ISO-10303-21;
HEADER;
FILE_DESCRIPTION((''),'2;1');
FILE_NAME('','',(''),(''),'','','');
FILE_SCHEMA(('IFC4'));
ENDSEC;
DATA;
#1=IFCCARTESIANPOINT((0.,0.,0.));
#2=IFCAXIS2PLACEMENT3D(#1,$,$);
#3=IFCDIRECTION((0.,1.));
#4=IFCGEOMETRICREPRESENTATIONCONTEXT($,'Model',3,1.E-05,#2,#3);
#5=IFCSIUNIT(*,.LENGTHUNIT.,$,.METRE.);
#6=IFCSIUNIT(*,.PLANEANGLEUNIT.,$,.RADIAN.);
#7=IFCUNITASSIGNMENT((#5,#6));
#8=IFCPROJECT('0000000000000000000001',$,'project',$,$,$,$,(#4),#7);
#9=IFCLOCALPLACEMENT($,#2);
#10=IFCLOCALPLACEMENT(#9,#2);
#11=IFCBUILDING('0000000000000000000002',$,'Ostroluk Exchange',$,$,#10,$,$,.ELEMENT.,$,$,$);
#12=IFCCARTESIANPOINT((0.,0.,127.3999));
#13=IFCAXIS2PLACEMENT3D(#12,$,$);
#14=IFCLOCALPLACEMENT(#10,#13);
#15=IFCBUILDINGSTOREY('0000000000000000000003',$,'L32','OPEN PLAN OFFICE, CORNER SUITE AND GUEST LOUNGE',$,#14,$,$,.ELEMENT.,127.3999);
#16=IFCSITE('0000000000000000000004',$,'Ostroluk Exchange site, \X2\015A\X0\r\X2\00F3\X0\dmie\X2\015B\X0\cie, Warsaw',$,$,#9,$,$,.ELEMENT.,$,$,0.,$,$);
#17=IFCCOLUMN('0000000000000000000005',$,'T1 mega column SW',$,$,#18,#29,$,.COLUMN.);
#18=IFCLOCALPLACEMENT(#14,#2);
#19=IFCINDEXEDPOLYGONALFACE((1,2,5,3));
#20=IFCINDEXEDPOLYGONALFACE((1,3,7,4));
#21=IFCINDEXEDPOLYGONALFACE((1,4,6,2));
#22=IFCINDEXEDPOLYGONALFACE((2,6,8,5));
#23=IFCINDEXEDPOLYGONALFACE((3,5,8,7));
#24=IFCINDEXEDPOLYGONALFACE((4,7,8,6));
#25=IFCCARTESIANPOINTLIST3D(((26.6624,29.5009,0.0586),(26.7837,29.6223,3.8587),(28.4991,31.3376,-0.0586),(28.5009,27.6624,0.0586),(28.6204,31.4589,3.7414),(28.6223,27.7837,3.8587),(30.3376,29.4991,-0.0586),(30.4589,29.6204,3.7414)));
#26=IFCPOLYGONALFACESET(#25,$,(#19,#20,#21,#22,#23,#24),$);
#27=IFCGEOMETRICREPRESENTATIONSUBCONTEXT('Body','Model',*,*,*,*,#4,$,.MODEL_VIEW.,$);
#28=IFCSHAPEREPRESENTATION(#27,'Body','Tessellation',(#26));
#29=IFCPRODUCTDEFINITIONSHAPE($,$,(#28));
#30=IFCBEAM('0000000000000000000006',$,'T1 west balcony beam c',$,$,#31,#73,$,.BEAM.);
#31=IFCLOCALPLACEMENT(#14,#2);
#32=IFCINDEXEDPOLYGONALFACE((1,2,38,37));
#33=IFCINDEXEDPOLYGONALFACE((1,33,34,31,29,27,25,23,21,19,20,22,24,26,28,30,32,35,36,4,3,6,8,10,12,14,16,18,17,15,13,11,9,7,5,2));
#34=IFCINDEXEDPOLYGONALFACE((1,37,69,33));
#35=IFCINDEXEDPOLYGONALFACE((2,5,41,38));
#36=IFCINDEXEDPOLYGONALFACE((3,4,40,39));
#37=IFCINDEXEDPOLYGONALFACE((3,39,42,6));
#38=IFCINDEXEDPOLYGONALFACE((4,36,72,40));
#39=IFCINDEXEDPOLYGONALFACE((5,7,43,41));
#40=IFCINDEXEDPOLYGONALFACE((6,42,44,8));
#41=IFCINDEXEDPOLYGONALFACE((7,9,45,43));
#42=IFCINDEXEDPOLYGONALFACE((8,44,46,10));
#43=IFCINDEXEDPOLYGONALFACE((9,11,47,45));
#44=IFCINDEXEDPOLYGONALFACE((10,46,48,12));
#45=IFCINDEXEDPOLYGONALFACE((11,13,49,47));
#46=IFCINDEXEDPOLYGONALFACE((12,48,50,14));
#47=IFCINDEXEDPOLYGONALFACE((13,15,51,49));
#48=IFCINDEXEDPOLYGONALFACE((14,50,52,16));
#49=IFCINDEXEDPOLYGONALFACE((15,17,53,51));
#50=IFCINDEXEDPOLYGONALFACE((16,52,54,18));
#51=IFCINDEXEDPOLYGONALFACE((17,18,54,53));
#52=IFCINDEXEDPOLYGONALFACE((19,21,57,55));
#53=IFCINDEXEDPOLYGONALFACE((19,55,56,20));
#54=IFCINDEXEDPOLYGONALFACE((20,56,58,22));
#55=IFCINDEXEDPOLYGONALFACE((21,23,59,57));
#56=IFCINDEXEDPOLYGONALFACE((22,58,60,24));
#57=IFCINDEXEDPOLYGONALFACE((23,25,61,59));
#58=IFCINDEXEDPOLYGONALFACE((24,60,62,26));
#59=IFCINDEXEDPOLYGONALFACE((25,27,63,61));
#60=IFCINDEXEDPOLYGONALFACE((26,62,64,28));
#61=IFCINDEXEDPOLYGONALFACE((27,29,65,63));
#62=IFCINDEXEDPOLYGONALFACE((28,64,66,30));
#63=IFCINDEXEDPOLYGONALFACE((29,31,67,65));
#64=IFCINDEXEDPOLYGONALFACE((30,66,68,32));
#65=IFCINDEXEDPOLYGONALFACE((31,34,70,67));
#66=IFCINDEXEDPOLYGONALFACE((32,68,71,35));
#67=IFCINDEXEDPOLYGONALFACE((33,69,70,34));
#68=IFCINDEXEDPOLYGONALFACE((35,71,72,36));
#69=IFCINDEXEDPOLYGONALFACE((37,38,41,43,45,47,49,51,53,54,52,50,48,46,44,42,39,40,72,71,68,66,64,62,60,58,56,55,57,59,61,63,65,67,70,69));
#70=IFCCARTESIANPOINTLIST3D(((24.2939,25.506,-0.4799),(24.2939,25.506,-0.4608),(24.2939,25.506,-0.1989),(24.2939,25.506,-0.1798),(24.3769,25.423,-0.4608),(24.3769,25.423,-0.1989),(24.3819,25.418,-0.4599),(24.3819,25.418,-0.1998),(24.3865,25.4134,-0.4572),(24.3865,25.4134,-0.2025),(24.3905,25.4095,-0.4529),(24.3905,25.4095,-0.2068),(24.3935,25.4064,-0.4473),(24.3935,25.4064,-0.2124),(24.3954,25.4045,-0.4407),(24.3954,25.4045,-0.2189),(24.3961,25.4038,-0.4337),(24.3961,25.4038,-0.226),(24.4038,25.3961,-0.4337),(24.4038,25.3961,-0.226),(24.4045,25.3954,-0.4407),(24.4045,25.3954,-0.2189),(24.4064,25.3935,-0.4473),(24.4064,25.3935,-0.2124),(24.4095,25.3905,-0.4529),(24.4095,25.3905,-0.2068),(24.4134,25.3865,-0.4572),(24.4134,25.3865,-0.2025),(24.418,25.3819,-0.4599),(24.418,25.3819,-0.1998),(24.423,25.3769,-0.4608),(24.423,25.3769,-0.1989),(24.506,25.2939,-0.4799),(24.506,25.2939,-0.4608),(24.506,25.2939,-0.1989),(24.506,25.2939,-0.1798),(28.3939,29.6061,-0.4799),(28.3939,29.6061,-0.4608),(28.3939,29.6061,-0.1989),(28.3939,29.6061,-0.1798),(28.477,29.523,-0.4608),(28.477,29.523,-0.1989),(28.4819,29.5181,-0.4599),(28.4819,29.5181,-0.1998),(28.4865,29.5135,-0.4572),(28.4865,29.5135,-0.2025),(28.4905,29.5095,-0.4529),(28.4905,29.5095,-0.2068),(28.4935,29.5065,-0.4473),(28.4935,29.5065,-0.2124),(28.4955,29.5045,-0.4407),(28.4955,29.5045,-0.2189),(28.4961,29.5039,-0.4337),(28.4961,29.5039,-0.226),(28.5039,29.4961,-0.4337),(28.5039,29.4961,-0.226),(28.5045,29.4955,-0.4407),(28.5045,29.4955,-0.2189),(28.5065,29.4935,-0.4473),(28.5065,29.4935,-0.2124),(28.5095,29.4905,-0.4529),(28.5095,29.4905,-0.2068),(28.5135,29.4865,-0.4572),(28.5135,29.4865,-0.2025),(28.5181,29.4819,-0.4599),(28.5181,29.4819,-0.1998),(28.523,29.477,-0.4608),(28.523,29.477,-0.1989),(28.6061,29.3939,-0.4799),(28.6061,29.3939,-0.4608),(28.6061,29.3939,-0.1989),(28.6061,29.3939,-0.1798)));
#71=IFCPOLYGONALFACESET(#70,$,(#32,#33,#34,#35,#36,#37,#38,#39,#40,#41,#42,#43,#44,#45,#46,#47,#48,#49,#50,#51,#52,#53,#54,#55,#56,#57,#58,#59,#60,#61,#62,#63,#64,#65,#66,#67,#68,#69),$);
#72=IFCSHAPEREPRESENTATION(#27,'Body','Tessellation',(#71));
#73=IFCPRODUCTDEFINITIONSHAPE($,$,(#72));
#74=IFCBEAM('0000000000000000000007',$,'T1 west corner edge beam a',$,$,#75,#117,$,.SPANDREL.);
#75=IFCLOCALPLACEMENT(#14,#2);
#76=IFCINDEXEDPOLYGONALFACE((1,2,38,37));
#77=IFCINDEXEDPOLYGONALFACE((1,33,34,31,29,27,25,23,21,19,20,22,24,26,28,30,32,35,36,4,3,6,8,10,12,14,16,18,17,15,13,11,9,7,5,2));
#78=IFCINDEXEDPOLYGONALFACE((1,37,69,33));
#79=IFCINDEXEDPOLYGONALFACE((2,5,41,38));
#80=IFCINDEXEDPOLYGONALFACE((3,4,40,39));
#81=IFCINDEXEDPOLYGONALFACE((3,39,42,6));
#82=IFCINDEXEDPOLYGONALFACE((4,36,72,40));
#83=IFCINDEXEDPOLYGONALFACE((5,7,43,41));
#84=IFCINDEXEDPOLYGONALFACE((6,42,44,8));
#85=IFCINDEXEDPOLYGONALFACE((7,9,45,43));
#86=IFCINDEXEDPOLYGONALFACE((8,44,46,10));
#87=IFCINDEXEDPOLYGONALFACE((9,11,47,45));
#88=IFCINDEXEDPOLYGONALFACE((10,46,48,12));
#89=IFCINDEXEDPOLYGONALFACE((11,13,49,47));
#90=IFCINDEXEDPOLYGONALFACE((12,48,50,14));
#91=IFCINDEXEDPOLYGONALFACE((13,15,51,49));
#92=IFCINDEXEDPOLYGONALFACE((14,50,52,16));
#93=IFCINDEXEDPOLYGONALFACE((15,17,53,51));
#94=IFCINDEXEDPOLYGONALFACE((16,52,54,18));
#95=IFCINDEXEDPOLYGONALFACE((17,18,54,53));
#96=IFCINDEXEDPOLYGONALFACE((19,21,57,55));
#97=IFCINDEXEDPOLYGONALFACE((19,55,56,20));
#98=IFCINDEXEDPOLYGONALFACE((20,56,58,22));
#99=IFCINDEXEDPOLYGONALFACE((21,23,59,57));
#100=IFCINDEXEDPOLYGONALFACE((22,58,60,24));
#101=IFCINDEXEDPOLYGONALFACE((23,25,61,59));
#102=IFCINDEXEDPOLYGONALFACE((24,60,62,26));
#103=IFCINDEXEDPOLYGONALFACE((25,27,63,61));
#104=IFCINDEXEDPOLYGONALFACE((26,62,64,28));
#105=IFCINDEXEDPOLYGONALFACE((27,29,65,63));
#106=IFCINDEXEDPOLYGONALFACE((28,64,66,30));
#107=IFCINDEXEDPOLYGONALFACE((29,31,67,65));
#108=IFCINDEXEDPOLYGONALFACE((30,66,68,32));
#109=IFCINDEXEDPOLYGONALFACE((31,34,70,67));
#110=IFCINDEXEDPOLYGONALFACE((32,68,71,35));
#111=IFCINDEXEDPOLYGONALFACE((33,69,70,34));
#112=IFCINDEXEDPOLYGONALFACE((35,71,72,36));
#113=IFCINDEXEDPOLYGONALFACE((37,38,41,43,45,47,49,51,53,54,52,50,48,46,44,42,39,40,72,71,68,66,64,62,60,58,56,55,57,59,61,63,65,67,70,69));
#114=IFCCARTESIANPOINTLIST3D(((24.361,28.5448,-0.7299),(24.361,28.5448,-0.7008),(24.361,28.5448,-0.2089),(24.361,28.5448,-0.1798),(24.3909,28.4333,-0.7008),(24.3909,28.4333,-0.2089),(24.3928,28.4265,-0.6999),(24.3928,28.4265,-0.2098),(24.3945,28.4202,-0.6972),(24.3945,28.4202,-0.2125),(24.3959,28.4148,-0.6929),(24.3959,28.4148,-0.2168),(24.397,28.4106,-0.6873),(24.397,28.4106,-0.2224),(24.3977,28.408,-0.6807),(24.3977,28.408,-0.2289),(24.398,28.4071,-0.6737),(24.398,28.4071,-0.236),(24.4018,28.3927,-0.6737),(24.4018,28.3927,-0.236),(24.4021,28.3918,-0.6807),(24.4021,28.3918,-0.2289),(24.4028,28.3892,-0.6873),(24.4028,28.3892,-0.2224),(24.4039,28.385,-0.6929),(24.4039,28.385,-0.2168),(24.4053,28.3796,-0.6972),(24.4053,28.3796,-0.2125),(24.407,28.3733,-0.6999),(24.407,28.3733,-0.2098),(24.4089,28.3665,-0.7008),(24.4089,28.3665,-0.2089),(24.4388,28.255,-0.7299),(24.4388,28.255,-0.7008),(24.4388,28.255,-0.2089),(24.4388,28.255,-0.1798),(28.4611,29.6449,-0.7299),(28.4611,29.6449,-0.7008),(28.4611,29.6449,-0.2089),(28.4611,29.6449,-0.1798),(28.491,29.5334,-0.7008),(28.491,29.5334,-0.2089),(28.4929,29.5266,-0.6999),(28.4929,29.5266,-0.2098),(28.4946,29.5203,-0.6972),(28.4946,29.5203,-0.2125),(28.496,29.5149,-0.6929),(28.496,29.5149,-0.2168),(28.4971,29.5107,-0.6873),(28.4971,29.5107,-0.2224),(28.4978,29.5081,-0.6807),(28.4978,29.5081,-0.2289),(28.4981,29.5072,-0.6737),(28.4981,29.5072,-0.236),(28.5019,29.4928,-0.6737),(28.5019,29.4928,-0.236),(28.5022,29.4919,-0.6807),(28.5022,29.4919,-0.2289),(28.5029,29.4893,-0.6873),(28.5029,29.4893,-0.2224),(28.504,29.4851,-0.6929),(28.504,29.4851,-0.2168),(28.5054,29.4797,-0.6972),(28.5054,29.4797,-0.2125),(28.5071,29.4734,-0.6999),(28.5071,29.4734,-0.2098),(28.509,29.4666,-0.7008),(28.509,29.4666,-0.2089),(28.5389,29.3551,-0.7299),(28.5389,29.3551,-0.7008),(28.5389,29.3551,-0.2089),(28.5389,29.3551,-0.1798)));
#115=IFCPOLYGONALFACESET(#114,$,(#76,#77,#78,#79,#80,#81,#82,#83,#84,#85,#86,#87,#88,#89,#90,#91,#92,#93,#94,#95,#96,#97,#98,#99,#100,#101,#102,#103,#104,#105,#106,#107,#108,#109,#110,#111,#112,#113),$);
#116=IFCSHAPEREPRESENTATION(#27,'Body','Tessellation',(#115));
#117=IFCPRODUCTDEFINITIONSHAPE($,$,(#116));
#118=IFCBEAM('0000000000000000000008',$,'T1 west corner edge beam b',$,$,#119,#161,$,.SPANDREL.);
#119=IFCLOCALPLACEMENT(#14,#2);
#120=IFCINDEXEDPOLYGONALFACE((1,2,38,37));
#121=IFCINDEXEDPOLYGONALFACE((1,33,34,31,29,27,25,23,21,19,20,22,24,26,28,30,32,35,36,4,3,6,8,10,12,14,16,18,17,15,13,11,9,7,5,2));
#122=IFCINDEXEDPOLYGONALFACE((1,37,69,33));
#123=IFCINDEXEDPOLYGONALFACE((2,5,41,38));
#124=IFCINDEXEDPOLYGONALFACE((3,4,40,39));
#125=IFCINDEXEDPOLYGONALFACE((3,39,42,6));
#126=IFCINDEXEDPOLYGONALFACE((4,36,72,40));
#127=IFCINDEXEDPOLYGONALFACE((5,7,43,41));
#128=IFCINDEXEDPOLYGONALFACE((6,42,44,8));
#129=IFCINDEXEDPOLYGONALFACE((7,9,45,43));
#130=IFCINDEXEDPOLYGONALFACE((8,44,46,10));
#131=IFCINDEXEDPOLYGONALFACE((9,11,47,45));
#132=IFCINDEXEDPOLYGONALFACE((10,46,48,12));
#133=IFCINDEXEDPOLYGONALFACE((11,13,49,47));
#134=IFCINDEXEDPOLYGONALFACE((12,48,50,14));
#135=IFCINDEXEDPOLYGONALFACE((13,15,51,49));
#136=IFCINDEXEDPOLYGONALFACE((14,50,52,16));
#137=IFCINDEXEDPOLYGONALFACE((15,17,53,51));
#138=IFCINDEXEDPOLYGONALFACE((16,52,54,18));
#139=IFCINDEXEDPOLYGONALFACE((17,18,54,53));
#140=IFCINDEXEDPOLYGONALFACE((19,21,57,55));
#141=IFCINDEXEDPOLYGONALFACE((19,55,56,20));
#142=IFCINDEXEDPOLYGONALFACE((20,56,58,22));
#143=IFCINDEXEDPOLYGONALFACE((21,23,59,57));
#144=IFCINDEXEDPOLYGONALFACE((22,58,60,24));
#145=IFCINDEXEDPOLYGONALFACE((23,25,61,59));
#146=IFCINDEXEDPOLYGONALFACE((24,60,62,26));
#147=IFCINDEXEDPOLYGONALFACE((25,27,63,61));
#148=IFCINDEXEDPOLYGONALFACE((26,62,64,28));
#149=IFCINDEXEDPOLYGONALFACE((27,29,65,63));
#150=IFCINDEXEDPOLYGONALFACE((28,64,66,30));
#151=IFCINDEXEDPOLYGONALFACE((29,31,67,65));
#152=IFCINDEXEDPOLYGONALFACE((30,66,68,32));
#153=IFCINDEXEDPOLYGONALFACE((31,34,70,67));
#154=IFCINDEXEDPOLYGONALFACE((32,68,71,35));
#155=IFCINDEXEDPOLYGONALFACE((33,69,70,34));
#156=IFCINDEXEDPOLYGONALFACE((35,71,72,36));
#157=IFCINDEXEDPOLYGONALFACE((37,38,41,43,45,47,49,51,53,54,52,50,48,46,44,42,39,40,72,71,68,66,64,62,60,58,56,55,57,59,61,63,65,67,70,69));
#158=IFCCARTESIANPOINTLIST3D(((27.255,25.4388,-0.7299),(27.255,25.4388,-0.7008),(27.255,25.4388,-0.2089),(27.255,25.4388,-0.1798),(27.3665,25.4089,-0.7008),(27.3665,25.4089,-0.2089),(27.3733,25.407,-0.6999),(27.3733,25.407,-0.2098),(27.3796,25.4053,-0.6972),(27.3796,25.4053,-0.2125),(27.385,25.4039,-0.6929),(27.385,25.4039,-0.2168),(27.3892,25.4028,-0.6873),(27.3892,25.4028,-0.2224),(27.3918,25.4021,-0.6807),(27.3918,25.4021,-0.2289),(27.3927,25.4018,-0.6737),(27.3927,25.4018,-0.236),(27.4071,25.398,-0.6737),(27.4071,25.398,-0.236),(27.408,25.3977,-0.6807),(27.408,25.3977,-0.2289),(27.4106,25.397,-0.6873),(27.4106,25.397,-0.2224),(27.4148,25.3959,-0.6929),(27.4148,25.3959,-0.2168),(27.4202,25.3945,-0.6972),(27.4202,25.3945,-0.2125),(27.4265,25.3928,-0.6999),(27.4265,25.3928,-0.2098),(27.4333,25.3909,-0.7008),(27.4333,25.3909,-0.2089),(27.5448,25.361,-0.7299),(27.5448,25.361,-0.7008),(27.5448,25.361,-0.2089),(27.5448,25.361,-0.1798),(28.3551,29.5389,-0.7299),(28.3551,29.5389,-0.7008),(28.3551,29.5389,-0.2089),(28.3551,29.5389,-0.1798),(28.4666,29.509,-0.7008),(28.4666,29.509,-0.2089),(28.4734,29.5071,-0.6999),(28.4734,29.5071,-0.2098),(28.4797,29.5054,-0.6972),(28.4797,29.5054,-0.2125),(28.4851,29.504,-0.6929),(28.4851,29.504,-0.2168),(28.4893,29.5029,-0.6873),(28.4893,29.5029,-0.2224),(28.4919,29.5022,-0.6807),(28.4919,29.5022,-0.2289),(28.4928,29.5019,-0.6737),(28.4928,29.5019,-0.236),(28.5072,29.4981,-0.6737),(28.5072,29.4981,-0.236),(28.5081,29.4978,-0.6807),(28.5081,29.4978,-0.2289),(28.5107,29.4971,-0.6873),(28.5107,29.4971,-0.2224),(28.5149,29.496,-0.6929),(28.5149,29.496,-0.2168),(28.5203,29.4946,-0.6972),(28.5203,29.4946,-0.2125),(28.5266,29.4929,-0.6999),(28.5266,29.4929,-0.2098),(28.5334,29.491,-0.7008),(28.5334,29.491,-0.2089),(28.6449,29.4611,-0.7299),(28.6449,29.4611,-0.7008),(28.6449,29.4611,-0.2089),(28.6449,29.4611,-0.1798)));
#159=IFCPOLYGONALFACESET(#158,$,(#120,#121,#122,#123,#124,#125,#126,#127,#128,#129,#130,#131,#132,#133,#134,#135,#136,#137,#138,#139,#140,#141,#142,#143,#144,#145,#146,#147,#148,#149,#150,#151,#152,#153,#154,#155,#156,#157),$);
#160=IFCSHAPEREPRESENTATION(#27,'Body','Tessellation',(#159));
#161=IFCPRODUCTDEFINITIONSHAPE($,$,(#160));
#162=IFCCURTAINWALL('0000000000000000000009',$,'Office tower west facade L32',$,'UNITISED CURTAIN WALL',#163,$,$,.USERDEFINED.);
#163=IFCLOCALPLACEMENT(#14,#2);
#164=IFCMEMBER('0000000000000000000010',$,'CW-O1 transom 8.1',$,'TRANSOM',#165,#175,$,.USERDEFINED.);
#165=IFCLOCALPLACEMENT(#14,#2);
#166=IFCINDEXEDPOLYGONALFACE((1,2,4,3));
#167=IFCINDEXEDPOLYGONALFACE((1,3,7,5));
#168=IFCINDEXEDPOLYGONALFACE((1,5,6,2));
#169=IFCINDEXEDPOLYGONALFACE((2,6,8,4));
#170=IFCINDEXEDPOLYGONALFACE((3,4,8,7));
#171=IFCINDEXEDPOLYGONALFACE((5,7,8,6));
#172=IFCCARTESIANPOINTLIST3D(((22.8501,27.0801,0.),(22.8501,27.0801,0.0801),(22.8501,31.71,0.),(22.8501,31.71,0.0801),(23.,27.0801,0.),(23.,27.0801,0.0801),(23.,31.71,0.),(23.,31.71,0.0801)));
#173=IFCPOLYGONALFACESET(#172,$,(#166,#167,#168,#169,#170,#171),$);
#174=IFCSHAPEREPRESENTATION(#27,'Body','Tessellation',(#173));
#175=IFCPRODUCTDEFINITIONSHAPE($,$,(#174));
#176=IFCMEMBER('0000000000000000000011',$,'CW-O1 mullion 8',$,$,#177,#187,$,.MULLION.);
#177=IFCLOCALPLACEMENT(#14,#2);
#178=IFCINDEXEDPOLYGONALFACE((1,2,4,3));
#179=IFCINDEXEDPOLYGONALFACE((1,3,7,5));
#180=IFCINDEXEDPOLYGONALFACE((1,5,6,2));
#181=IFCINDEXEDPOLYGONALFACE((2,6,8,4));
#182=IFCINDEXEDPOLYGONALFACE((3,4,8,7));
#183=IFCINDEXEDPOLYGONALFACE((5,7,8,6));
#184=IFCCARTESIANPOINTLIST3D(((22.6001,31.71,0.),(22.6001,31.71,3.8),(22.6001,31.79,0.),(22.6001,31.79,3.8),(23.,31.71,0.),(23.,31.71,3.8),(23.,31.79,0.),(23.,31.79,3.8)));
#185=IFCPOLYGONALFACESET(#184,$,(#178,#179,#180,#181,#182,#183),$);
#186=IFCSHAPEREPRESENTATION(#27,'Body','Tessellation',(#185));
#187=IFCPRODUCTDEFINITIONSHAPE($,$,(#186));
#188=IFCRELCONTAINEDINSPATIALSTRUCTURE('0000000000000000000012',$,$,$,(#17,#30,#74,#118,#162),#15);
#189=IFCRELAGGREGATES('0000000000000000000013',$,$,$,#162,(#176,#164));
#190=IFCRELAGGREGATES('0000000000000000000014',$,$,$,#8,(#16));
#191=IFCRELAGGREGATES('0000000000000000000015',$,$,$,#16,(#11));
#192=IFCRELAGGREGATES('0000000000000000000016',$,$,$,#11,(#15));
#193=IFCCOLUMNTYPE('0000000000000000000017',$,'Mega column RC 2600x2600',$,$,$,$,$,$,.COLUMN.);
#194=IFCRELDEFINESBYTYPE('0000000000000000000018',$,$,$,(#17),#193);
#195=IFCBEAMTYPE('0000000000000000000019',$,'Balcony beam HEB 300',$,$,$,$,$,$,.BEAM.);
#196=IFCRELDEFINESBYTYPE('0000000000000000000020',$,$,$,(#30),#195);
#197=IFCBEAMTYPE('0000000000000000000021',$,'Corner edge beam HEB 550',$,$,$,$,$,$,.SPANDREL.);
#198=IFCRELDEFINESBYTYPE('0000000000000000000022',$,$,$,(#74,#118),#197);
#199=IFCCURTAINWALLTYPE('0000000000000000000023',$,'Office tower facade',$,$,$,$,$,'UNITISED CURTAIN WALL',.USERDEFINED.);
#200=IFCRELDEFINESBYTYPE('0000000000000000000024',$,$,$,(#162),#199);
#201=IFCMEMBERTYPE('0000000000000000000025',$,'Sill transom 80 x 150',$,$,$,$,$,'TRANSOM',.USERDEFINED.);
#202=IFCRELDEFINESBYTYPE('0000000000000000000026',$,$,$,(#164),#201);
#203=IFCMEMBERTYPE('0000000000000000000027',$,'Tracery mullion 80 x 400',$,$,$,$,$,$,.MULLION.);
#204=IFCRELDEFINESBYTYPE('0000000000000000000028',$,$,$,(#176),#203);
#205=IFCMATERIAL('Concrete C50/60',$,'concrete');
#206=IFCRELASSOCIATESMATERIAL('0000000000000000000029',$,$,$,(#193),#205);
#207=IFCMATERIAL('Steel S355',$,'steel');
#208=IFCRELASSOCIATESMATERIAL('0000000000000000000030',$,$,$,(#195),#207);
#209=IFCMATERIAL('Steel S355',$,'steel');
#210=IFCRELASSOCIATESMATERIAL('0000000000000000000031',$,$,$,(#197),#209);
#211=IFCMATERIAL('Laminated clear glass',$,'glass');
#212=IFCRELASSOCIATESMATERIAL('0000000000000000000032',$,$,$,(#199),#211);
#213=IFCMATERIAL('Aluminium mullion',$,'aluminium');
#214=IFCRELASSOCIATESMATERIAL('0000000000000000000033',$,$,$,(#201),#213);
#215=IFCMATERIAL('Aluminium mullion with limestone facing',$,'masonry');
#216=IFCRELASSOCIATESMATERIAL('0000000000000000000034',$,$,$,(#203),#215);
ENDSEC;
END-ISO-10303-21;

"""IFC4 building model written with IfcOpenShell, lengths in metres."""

from ifc_helpers import new_model, si_unit, direction, frame, origin, origin_2d, place, context, subcontext, project, spatial, rectangle, i_section, extrude, material, material_profile, profile_set, type_object, element, aggregate, save


model = new_model("IFC4")

# Units and contexts
model_context = context("Model", 3, precision=1e-05, world=origin(), true_north=direction((0.0, 1.0)))
body_context = subcontext(model_context, "Body", "Model", "MODEL_VIEW")
ifc_project = project(units=[si_unit("LENGTHUNIT", "METRE"), si_unit("PLANEANGLEUNIT", "RADIAN")], contexts=[model_context])

# Site, building, storey
site_placement = place(None, origin())
site = spatial("IfcSite", under=ifc_project, at=site_placement, Name="Ostroluk Exchange site, Śródmieście, Warsaw", CompositionType="ELEMENT", RefElevation=0.0)
building_placement = place(site_placement, origin())
building = spatial("IfcBuilding", under=site, at=building_placement, Name="Ostroluk Exchange", CompositionType="ELEMENT")
storey_placement = place(building_placement, frame((0.0, 0.0, 127.3999)))
storey = spatial("IfcBuildingStorey", under=building, at=storey_placement, Name="L32", Description="OPEN PLAN OFFICE, CORNER SUITE AND GUEST LOUNGE", CompositionType="ELEMENT", Elevation=127.3999)

# Column
ifc_material_1 = material(Name="Concrete C50/60", Category="concrete")
ifc_material_profile_1 = material_profile(ifc_material_1, rectangle(XDim=2.6001, YDim=2.6001, at=origin_2d()), Name="RC 2600x2600")
ifc_profile_set_1 = profile_set([ifc_material_profile_1], Name="Concrete C50/60")
column_type = type_object("IfcColumnType", Name="Mega column RC 2600x2600", PredefinedType="COLUMN", material=ifc_profile_set_1)
column_placement = place(storey_placement, frame((28.5, 29.5, 0.0), z_axis=(0.031898, 0.031898, 0.998982), x_axis=(-0.707107, 0.707107, 0.0)))
element("IfcColumn", 1, at=column_placement, inside=storey, type_object=column_type, Name="T1 mega column SW", PredefinedType="COLUMN", context=body_context, shape_type="SweptSolid", body=[
    extrude(rectangle(XDim=2.6001, YDim=2.6001, at=origin_2d()), origin(), (0.0, 0.0, 1.0), 3.804),
])

# Beams
ifc_material_2 = material(Name="Steel S355", Category="steel")
ifc_material_profile_2 = material_profile(ifc_material_2, i_section(OverallWidth=0.3, OverallDepth=0.3, WebThickness=0.011, FlangeThickness=0.019, FilletRadius=0.0271, at=origin_2d()), Name="HEB 300")
ifc_profile_set_2 = profile_set([ifc_material_profile_2], Name="Steel S355")
beam_type_1 = type_object("IfcBeamType", Name="Balcony beam HEB 300", PredefinedType="BEAM", material=ifc_profile_set_2)
beam_placement = place(storey_placement, frame((28.5, 29.5, -0.3298), z_axis=(-0.707107, -0.707107, 0.0), x_axis=(0.707107, -0.707107, 0.0)))
element("IfcBeam", 2, at=beam_placement, inside=storey, type_object=beam_type_1, Name="T1 west balcony beam c", PredefinedType="BEAM", context=body_context, shape_type="SweptSolid", body=[
    extrude(i_section(OverallWidth=0.3, OverallDepth=0.3, WebThickness=0.011, FlangeThickness=0.019, FilletRadius=0.0271, at=origin_2d()), origin(), (0.0, 0.0, 1.0), 5.7983),
])
ifc_material_3 = material(Name="Steel S355", Category="steel")
ifc_material_profile_3 = material_profile(ifc_material_3, i_section(OverallWidth=0.3, OverallDepth=0.55, WebThickness=0.0149, FlangeThickness=0.0291, FilletRadius=0.0271, at=origin_2d()), Name="HEB 550")
ifc_profile_set_3 = profile_set([ifc_material_profile_3], Name="Steel S355")
beam_type_2 = type_object("IfcBeamType", Name="Corner edge beam HEB 550", PredefinedType="SPANDREL", material=ifc_profile_set_3)
for number, where, z_axis, x_axis, name in (
    (3, (28.5, 29.5, -0.4548), (-0.965839, -0.259144, 0.0), (0.259144, -0.965839, 0.0), "T1 west corner edge beam a"),
    (4, (28.5, 29.5, -0.4548), (-0.259144, -0.965839, 0.0), (0.965839, -0.259144, 0.0), "T1 west corner edge beam b"),
):
    element("IfcBeam", number, at=place(storey_placement, frame(where, z_axis=z_axis, x_axis=x_axis)), inside=storey, type_object=beam_type_2, Name=name, PredefinedType="SPANDREL", context=body_context, shape_type="SweptSolid", body=[
        extrude(i_section(OverallWidth=0.3, OverallDepth=0.55, WebThickness=0.0149, FlangeThickness=0.0291, FilletRadius=0.0271, at=origin_2d()), origin(), (0.0, 0.0, 1.0), 4.2451),
    ])

# Curtain wall, members
ifc_material_4 = material(Name="Laminated clear glass", Category="glass")
curtain_wall_type = type_object("IfcCurtainWallType", Name="Office tower facade", ElementType="UNITISED CURTAIN WALL", PredefinedType="USERDEFINED", material=ifc_material_4)
curtain_wall_placement = place(storey_placement, origin())
curtain_wall = element("IfcCurtainWall", 5, at=curtain_wall_placement, inside=storey, type_object=curtain_wall_type, Name="Office tower west facade L32", ObjectType="UNITISED CURTAIN WALL", PredefinedType="USERDEFINED")
ifc_material_5 = material(Name="Aluminium mullion", Category="aluminium")
ifc_material_profile_4 = material_profile(ifc_material_5, rectangle(XDim=0.1499, YDim=0.0801, at=origin_2d()), Name="Sill transom 80 x 150")
ifc_profile_set_4 = profile_set([ifc_material_profile_4], Name="Aluminium mullion")
member_type_1 = type_object("IfcMemberType", Name="Sill transom 80 x 150", ElementType="TRANSOM", PredefinedType="USERDEFINED", material=ifc_profile_set_4)
member_1_placement = place(storey_placement, frame((22.925, 31.71, 0.04), z_axis=(0.0, -1.0, 0.0), x_axis=(1.0, 0.0, 0.0)))
member_1 = element("IfcMember", 6, at=member_1_placement, type_object=member_type_1, Name="CW-O1 transom 8.1", ObjectType="TRANSOM", PredefinedType="USERDEFINED", context=body_context, shape_type="SweptSolid", body=[
    extrude(rectangle(XDim=0.1499, YDim=0.0801, at=origin_2d()), origin(), (0.0, 0.0, 1.0), 4.6299),
])
ifc_material_6 = material(Name="Aluminium mullion with limestone facing", Category="masonry")
ifc_material_profile_5 = material_profile(ifc_material_6, rectangle(XDim=0.3999, YDim=0.0801, at=origin_2d()), Name="Tracery mullion 80 x 400")
ifc_profile_set_5 = profile_set([ifc_material_profile_5], Name="Aluminium mullion with limestone facing")
member_type_2 = type_object("IfcMemberType", Name="Tracery mullion 80 x 400", PredefinedType="MULLION", material=ifc_profile_set_5)
member_2_placement = place(storey_placement, frame((22.8, 31.75, 0.0), z_axis=(0.0, 0.0, 1.0), x_axis=(1.0, 0.0, 0.0)))
member_2 = element("IfcMember", 7, at=member_2_placement, type_object=member_type_2, Name="CW-O1 mullion 8", PredefinedType="MULLION", context=body_context, shape_type="SweptSolid", body=[
    extrude(rectangle(XDim=0.3999, YDim=0.0801, at=origin_2d()), origin(), (0.0, 0.0, 1.0), 3.8),
])
aggregate(curtain_wall, [member_2, member_1])

save(model, "model.ifc")
